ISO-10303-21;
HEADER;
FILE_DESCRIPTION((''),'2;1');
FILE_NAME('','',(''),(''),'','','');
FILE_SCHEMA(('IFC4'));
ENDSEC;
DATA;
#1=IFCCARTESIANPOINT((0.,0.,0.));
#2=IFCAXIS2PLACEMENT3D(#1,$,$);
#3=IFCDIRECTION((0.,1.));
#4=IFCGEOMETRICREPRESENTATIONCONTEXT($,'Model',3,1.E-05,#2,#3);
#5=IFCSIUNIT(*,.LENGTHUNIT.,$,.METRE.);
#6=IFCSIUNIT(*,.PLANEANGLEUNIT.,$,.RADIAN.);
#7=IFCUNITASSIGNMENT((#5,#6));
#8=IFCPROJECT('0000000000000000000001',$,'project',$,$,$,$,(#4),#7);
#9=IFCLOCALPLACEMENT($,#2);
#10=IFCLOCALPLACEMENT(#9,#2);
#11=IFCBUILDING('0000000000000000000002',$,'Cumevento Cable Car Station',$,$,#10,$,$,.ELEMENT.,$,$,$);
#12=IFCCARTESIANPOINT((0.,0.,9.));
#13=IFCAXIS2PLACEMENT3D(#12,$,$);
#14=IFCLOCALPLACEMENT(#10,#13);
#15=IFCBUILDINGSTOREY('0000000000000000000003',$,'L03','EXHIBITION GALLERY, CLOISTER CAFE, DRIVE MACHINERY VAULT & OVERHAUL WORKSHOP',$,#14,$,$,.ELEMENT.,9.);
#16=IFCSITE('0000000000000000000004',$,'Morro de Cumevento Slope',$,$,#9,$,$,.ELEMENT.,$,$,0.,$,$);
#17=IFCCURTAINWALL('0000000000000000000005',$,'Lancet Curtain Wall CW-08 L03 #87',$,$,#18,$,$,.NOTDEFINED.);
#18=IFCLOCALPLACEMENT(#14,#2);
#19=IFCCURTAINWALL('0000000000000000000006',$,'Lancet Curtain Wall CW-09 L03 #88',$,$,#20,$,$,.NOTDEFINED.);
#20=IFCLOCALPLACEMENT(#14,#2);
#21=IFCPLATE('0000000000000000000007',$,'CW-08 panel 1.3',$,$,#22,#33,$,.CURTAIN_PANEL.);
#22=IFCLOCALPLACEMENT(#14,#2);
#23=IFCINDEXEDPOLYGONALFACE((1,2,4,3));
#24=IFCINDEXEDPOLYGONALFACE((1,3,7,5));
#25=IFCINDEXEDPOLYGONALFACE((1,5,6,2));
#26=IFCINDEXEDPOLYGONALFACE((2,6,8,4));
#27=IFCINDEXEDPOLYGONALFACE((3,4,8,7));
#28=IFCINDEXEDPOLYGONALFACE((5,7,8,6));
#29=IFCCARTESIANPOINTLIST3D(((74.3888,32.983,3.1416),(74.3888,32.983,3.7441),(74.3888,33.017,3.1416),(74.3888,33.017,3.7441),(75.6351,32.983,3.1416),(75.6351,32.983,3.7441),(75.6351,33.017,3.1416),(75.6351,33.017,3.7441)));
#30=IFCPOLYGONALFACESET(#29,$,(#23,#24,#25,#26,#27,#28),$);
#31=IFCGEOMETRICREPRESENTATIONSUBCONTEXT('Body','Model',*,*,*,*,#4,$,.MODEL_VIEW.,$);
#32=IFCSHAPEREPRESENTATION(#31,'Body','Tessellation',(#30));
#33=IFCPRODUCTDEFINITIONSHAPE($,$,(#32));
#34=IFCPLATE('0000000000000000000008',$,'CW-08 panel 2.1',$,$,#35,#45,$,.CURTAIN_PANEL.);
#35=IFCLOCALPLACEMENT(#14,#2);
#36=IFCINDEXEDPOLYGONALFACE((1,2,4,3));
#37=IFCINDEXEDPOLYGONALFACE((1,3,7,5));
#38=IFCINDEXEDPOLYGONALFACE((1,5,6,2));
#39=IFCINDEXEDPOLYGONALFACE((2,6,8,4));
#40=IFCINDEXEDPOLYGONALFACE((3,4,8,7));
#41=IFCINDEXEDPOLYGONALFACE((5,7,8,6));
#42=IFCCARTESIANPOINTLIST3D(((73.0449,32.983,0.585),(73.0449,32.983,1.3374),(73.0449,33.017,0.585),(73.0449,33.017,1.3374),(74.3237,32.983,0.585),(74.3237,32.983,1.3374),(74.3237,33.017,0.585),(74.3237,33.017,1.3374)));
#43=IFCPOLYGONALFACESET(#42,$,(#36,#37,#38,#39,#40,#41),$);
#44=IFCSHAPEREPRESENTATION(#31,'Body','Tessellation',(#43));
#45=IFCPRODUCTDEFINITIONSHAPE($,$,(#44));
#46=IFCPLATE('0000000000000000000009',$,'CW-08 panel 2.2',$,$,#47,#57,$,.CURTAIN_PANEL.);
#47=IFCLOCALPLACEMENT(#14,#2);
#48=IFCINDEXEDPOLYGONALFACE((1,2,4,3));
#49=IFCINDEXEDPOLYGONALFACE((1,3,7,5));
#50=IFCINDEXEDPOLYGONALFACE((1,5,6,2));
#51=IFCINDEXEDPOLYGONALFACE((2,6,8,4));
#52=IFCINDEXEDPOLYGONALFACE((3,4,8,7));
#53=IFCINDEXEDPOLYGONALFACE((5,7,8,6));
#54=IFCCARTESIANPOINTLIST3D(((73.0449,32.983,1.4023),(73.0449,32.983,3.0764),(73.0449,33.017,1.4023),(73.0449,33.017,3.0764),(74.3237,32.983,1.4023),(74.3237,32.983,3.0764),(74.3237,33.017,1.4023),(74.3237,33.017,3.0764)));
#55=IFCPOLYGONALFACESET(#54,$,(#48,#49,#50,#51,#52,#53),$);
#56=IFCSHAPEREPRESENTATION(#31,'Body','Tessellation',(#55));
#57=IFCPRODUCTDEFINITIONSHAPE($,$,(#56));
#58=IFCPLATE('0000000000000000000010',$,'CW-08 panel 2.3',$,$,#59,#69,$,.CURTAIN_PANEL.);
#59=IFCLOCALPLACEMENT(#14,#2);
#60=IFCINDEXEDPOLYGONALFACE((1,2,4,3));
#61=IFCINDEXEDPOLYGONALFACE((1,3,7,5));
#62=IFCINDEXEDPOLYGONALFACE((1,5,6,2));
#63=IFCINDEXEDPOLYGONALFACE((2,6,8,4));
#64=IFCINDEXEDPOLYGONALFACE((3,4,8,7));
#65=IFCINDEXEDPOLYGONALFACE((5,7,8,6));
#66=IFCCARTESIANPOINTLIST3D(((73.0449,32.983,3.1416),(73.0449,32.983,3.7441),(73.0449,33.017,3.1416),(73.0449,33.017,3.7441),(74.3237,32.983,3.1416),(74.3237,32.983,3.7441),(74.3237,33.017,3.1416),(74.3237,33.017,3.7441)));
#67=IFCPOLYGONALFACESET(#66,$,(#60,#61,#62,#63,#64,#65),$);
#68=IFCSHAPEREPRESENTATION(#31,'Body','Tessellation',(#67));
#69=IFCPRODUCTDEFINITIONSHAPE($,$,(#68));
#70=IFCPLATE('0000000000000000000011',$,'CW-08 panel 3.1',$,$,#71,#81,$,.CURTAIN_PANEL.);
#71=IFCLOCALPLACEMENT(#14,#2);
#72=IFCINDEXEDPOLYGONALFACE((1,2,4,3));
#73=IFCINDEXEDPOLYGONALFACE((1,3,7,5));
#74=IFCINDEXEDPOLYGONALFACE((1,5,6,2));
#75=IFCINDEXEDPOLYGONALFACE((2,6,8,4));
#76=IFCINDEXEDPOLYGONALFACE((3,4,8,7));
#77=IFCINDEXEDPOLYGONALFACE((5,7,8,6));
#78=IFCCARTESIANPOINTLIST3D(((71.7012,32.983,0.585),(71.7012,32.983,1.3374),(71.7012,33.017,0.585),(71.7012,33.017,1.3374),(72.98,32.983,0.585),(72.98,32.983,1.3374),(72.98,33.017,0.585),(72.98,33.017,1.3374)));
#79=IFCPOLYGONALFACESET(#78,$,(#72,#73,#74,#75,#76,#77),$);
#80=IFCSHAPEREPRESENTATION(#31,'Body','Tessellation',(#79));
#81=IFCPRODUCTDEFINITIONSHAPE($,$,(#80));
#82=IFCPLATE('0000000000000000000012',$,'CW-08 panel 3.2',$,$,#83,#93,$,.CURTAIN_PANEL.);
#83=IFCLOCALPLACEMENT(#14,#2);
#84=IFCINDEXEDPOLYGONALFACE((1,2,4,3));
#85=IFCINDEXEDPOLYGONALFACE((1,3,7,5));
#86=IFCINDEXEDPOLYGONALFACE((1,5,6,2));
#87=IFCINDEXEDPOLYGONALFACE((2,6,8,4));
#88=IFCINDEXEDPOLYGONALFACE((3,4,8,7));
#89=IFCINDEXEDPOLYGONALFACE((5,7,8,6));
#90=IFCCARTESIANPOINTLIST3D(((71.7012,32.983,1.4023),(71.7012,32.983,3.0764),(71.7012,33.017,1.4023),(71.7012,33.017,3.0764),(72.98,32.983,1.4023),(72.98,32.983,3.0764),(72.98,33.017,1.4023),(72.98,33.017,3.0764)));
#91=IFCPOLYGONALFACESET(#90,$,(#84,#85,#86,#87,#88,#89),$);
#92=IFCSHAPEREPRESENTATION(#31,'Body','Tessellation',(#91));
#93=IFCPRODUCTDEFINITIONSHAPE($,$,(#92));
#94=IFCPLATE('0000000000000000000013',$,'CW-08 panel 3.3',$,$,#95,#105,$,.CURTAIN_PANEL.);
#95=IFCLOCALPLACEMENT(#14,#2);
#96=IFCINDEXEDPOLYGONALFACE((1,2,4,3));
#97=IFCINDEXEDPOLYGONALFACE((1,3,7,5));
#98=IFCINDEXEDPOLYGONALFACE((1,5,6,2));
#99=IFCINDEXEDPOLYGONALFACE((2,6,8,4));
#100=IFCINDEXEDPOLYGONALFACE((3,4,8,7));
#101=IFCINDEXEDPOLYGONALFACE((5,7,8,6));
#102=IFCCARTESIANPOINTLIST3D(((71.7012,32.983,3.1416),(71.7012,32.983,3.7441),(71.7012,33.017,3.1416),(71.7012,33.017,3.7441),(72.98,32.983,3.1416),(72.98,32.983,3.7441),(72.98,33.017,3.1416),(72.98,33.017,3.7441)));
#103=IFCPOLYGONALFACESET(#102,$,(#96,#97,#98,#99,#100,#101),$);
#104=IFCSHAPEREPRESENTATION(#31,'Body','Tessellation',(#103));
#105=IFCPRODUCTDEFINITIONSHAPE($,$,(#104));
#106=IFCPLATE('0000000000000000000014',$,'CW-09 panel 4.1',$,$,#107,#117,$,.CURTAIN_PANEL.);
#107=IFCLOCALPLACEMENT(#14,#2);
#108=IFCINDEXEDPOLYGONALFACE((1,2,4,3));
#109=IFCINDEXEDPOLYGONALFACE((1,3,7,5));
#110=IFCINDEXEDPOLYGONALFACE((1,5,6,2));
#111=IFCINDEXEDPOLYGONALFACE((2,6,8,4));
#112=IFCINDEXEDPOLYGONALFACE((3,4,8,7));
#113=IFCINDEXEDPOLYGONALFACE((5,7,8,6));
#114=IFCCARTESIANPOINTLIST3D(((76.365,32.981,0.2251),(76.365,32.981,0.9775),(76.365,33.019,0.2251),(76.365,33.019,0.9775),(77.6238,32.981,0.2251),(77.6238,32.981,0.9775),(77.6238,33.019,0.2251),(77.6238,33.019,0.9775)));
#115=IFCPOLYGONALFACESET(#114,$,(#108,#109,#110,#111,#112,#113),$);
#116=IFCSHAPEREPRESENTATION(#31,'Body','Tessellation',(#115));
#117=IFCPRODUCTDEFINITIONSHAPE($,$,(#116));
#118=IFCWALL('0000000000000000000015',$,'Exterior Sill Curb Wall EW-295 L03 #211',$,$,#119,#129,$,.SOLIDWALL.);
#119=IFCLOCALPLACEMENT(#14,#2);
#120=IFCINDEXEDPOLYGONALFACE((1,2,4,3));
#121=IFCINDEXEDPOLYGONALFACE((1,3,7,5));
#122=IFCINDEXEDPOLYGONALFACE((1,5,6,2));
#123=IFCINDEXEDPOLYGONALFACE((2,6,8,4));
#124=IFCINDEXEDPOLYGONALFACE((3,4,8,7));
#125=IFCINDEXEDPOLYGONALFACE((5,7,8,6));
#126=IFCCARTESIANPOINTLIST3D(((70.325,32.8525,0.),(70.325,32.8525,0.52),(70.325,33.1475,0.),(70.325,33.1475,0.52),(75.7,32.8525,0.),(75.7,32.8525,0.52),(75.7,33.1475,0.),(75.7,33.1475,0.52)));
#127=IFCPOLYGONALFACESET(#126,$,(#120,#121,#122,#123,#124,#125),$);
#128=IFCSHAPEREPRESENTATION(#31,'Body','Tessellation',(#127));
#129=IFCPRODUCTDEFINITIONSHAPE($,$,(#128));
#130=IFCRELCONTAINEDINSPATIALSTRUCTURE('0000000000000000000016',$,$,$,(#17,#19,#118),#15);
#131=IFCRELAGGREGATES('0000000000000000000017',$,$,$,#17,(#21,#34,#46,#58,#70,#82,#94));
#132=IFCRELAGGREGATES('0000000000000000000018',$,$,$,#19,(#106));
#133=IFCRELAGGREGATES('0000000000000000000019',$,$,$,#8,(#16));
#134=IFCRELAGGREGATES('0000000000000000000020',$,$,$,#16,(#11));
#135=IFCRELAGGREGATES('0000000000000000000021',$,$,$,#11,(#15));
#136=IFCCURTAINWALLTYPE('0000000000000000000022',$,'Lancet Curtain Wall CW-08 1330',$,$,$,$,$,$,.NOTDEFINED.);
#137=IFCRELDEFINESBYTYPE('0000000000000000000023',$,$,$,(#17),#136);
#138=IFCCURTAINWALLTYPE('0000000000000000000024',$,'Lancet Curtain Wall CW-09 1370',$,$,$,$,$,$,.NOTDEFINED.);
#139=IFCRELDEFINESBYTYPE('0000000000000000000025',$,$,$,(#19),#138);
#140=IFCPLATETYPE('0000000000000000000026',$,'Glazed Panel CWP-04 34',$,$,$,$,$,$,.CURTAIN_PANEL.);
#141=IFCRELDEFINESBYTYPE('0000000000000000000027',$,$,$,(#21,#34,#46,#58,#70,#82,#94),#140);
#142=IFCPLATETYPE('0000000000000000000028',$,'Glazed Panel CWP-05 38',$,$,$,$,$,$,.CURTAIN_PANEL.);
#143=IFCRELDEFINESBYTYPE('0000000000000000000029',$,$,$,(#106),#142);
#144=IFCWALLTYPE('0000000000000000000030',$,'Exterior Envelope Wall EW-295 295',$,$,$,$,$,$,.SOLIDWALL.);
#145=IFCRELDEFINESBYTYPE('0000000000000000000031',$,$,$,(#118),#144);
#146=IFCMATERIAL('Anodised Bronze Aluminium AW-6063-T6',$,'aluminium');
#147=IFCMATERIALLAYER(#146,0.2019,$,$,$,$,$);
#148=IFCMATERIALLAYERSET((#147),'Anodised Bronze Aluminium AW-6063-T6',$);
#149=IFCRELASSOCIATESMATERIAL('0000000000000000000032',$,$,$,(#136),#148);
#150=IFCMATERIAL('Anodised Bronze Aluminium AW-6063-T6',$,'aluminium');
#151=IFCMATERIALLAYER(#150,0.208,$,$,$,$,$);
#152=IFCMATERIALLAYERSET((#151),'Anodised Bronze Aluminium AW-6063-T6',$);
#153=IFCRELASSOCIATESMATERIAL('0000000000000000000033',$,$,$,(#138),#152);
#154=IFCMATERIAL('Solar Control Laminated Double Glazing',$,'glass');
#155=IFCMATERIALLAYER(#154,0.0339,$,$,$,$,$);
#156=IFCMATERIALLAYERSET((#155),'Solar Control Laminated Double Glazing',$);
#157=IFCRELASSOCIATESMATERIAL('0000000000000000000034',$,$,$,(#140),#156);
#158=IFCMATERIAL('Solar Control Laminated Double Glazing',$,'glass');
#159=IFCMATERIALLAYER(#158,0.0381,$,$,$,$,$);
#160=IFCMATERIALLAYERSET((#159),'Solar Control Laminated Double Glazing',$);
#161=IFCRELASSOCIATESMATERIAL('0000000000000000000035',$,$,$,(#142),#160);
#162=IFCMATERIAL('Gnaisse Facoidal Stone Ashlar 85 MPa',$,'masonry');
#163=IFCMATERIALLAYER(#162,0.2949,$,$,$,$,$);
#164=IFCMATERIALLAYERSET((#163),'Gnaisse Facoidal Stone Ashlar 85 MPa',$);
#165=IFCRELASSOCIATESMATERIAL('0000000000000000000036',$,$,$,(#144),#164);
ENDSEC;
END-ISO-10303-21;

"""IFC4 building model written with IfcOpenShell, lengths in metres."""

from ifc_helpers import new_model, si_unit, direction, frame, frame_2d, origin, origin_2d, place, context, subcontext, project, spatial, rectangle, extrude, material, layer, layer_set, type_object, element, aggregate, save


model = new_model("IFC4")

# Units and contexts
model_context = context("Model", 3, precision=1e-05, world=origin(), true_north=direction((0.0, 1.0)))
body_context = subcontext(model_context, "Body", "Model", "MODEL_VIEW")
ifc_project = project(units=[si_unit("LENGTHUNIT", "METRE"), si_unit("PLANEANGLEUNIT", "RADIAN")], contexts=[model_context])

# Site, building, storey
site_placement = place(None, origin())
site = spatial("IfcSite", under=ifc_project, at=site_placement, Name="Morro de Cumevento Slope", CompositionType="ELEMENT", RefElevation=0.0)
building_placement = place(site_placement, origin())
building = spatial("IfcBuilding", under=site, at=building_placement, Name="Cumevento Cable Car Station", CompositionType="ELEMENT")
storey_placement = place(building_placement, frame((0.0, 0.0, 9.0)))
storey = spatial("IfcBuildingStorey", under=building, at=storey_placement, Name="L03", Description="EXHIBITION GALLERY, CLOISTER CAFE, DRIVE MACHINERY VAULT & OVERHAUL WORKSHOP", CompositionType="ELEMENT", Elevation=9.0)

# Curtain wall
ifc_material_1 = material(Name="Anodised Bronze Aluminium AW-6063-T6", Category="aluminium")
ifc_layer_1 = layer(ifc_material_1, 0.2019)
ifc_layer_set_1 = layer_set([ifc_layer_1], Name="Anodised Bronze Aluminium AW-6063-T6")
curtain_wall_type_1 = type_object("IfcCurtainWallType", Name="Lancet Curtain Wall CW-08 1330", PredefinedType="NOTDEFINED", material=ifc_layer_set_1)
curtain_wall_1_placement = place(storey_placement, origin())
curtain_wall_1 = element("IfcCurtainWall", 1, at=curtain_wall_1_placement, inside=storey, type_object=curtain_wall_type_1, Name="Lancet Curtain Wall CW-08 L03 #87", PredefinedType="NOTDEFINED")

# Curtain wall
ifc_material_2 = material(Name="Anodised Bronze Aluminium AW-6063-T6", Category="aluminium")
ifc_layer_2 = layer(ifc_material_2, 0.208)
ifc_layer_set_2 = layer_set([ifc_layer_2], Name="Anodised Bronze Aluminium AW-6063-T6")
curtain_wall_type_2 = type_object("IfcCurtainWallType", Name="Lancet Curtain Wall CW-09 1370", PredefinedType="NOTDEFINED", material=ifc_layer_set_2)
curtain_wall_2_placement = place(storey_placement, origin())
curtain_wall_2 = element("IfcCurtainWall", 2, at=curtain_wall_2_placement, inside=storey, type_object=curtain_wall_type_2, Name="Lancet Curtain Wall CW-09 L03 #88", PredefinedType="NOTDEFINED")

# Plates
ifc_material_3 = material(Name="Solar Control Laminated Double Glazing", Category="glass")
ifc_layer_3 = layer(ifc_material_3, 0.0339)
ifc_layer_set_3 = layer_set([ifc_layer_3], Name="Solar Control Laminated Double Glazing")
plate_type_1 = type_object("IfcPlateType", Name="Glazed Panel CWP-04 34", PredefinedType="CURTAIN_PANEL", material=ifc_layer_set_3)
plate_1_placement = place(storey_placement, frame((75.012, 33.0, 3.1416), z_axis=(0.0, 0.0, 1.0), x_axis=(-1.0, 0.0, 0.0)))
plate_1 = element("IfcPlate", 3, at=plate_1_placement, type_object=plate_type_1, Name="CW-08 panel 1.3", PredefinedType="CURTAIN_PANEL", context=body_context, shape_type="SweptSolid", body=[
    extrude(rectangle(XDim=1.2463, YDim=0.0339, at=origin_2d()), origin(), (0.0, 0.0, 1.0), 0.6025),
])
plate_2_placement = place(storey_placement, frame((73.6843, 33.0, 0.585), z_axis=(0.0, 0.0, 1.0), x_axis=(-1.0, 0.0, 0.0)))
plate_2 = element("IfcPlate", 4, at=plate_2_placement, type_object=plate_type_1, Name="CW-08 panel 2.1", PredefinedType="CURTAIN_PANEL", context=body_context, shape_type="SweptSolid", body=[
    extrude(rectangle(XDim=1.2788, YDim=0.0339, at=origin_2d()), origin(), (0.0, 0.0, 1.0), 0.7524),
])
plate_3_placement = place(storey_placement, frame((73.6843, 33.0, 1.4023), z_axis=(0.0, 0.0, 1.0), x_axis=(-1.0, 0.0, 0.0)))
plate_3 = element("IfcPlate", 5, at=plate_3_placement, type_object=plate_type_1, Name="CW-08 panel 2.2", PredefinedType="CURTAIN_PANEL", context=body_context, shape_type="SweptSolid", body=[
    extrude(rectangle(XDim=1.2788, YDim=0.0339, at=origin_2d()), origin(), (0.0, 0.0, 1.0), 1.6741),
])
plate_4_placement = place(storey_placement, frame((73.6843, 33.0, 3.1416), z_axis=(0.0, 0.0, 1.0), x_axis=(-1.0, 0.0, 0.0)))
plate_4 = element("IfcPlate", 6, at=plate_4_placement, type_object=plate_type_1, Name="CW-08 panel 2.3", PredefinedType="CURTAIN_PANEL", context=body_context, shape_type="SweptSolid", body=[
    extrude(rectangle(XDim=1.2788, YDim=0.0339, at=origin_2d()), origin(), (0.0, 0.0, 1.0), 0.6025),
])
plate_5_placement = place(storey_placement, frame((72.3406, 33.0, 0.585), z_axis=(0.0, 0.0, 1.0), x_axis=(-1.0, 0.0, 0.0)))
plate_5 = element("IfcPlate", 7, at=plate_5_placement, type_object=plate_type_1, Name="CW-08 panel 3.1", PredefinedType="CURTAIN_PANEL", context=body_context, shape_type="SweptSolid", body=[
    extrude(rectangle(XDim=1.2788, YDim=0.0339, at=origin_2d()), origin(), (0.0, 0.0, 1.0), 0.7524),
])
plate_6_placement = place(storey_placement, frame((72.3406, 33.0, 1.4023), z_axis=(0.0, 0.0, 1.0), x_axis=(-1.0, 0.0, 0.0)))
plate_6 = element("IfcPlate", 8, at=plate_6_placement, type_object=plate_type_1, Name="CW-08 panel 3.2", PredefinedType="CURTAIN_PANEL", context=body_context, shape_type="SweptSolid", body=[
    extrude(rectangle(XDim=1.2788, YDim=0.0339, at=origin_2d()), origin(), (0.0, 0.0, 1.0), 1.6741),
])
plate_7_placement = place(storey_placement, frame((72.3406, 33.0, 3.1416), z_axis=(0.0, 0.0, 1.0), x_axis=(-1.0, 0.0, 0.0)))
plate_7 = element("IfcPlate", 9, at=plate_7_placement, type_object=plate_type_1, Name="CW-08 panel 3.3", PredefinedType="CURTAIN_PANEL", context=body_context, shape_type="SweptSolid", body=[
    extrude(rectangle(XDim=1.2788, YDim=0.0339, at=origin_2d()), origin(), (0.0, 0.0, 1.0), 0.6025),
])
aggregate(curtain_wall_1, [plate_1, plate_2, plate_3, plate_4, plate_5, plate_6, plate_7])
ifc_material_4 = material(Name="Solar Control Laminated Double Glazing", Category="glass")
ifc_layer_4 = layer(ifc_material_4, 0.0381)
ifc_layer_set_4 = layer_set([ifc_layer_4], Name="Solar Control Laminated Double Glazing")
plate_type_2 = type_object("IfcPlateType", Name="Glazed Panel CWP-05 38", PredefinedType="CURTAIN_PANEL", material=ifc_layer_set_4)
plate_8_placement = place(storey_placement, frame((76.9944, 33.0, 0.2251), z_axis=(0.0, 0.0, 1.0), x_axis=(-1.0, 0.0, 0.0)))
plate_8 = element("IfcPlate", 10, at=plate_8_placement, type_object=plate_type_2, Name="CW-09 panel 4.1", PredefinedType="CURTAIN_PANEL", context=body_context, shape_type="SweptSolid", body=[
    extrude(rectangle(XDim=1.2588, YDim=0.0381, at=origin_2d()), origin(), (0.0, 0.0, 1.0), 0.7524),
])
aggregate(curtain_wall_2, [plate_8])

# Wall
ifc_material_5 = material(Name="Gnaisse Facoidal Stone Ashlar 85 MPa", Category="masonry")
ifc_layer_5 = layer(ifc_material_5, 0.2949)
ifc_layer_set_5 = layer_set([ifc_layer_5], Name="Gnaisse Facoidal Stone Ashlar 85 MPa")
wall_type = type_object("IfcWallType", Name="Exterior Envelope Wall EW-295 295", PredefinedType="SOLIDWALL", material=ifc_layer_set_5)
wall_placement = place(storey_placement, frame((75.7, 33.0, 0.0), z_axis=(0.0, 0.0, 1.0), x_axis=(-1.0, 0.0, 0.0)))
element("IfcWall", 11, at=wall_placement, inside=storey, type_object=wall_type, Name="Exterior Sill Curb Wall EW-295 L03 #211", PredefinedType="SOLIDWALL", context=body_context, shape_type="SweptSolid", body=[
    extrude(rectangle(XDim=5.375, YDim=0.2949, at=frame_2d((2.6875, 0.0))), origin(), (0.0, 0.0, 1.0), 0.52),
])

save(model, "model.ifc")
